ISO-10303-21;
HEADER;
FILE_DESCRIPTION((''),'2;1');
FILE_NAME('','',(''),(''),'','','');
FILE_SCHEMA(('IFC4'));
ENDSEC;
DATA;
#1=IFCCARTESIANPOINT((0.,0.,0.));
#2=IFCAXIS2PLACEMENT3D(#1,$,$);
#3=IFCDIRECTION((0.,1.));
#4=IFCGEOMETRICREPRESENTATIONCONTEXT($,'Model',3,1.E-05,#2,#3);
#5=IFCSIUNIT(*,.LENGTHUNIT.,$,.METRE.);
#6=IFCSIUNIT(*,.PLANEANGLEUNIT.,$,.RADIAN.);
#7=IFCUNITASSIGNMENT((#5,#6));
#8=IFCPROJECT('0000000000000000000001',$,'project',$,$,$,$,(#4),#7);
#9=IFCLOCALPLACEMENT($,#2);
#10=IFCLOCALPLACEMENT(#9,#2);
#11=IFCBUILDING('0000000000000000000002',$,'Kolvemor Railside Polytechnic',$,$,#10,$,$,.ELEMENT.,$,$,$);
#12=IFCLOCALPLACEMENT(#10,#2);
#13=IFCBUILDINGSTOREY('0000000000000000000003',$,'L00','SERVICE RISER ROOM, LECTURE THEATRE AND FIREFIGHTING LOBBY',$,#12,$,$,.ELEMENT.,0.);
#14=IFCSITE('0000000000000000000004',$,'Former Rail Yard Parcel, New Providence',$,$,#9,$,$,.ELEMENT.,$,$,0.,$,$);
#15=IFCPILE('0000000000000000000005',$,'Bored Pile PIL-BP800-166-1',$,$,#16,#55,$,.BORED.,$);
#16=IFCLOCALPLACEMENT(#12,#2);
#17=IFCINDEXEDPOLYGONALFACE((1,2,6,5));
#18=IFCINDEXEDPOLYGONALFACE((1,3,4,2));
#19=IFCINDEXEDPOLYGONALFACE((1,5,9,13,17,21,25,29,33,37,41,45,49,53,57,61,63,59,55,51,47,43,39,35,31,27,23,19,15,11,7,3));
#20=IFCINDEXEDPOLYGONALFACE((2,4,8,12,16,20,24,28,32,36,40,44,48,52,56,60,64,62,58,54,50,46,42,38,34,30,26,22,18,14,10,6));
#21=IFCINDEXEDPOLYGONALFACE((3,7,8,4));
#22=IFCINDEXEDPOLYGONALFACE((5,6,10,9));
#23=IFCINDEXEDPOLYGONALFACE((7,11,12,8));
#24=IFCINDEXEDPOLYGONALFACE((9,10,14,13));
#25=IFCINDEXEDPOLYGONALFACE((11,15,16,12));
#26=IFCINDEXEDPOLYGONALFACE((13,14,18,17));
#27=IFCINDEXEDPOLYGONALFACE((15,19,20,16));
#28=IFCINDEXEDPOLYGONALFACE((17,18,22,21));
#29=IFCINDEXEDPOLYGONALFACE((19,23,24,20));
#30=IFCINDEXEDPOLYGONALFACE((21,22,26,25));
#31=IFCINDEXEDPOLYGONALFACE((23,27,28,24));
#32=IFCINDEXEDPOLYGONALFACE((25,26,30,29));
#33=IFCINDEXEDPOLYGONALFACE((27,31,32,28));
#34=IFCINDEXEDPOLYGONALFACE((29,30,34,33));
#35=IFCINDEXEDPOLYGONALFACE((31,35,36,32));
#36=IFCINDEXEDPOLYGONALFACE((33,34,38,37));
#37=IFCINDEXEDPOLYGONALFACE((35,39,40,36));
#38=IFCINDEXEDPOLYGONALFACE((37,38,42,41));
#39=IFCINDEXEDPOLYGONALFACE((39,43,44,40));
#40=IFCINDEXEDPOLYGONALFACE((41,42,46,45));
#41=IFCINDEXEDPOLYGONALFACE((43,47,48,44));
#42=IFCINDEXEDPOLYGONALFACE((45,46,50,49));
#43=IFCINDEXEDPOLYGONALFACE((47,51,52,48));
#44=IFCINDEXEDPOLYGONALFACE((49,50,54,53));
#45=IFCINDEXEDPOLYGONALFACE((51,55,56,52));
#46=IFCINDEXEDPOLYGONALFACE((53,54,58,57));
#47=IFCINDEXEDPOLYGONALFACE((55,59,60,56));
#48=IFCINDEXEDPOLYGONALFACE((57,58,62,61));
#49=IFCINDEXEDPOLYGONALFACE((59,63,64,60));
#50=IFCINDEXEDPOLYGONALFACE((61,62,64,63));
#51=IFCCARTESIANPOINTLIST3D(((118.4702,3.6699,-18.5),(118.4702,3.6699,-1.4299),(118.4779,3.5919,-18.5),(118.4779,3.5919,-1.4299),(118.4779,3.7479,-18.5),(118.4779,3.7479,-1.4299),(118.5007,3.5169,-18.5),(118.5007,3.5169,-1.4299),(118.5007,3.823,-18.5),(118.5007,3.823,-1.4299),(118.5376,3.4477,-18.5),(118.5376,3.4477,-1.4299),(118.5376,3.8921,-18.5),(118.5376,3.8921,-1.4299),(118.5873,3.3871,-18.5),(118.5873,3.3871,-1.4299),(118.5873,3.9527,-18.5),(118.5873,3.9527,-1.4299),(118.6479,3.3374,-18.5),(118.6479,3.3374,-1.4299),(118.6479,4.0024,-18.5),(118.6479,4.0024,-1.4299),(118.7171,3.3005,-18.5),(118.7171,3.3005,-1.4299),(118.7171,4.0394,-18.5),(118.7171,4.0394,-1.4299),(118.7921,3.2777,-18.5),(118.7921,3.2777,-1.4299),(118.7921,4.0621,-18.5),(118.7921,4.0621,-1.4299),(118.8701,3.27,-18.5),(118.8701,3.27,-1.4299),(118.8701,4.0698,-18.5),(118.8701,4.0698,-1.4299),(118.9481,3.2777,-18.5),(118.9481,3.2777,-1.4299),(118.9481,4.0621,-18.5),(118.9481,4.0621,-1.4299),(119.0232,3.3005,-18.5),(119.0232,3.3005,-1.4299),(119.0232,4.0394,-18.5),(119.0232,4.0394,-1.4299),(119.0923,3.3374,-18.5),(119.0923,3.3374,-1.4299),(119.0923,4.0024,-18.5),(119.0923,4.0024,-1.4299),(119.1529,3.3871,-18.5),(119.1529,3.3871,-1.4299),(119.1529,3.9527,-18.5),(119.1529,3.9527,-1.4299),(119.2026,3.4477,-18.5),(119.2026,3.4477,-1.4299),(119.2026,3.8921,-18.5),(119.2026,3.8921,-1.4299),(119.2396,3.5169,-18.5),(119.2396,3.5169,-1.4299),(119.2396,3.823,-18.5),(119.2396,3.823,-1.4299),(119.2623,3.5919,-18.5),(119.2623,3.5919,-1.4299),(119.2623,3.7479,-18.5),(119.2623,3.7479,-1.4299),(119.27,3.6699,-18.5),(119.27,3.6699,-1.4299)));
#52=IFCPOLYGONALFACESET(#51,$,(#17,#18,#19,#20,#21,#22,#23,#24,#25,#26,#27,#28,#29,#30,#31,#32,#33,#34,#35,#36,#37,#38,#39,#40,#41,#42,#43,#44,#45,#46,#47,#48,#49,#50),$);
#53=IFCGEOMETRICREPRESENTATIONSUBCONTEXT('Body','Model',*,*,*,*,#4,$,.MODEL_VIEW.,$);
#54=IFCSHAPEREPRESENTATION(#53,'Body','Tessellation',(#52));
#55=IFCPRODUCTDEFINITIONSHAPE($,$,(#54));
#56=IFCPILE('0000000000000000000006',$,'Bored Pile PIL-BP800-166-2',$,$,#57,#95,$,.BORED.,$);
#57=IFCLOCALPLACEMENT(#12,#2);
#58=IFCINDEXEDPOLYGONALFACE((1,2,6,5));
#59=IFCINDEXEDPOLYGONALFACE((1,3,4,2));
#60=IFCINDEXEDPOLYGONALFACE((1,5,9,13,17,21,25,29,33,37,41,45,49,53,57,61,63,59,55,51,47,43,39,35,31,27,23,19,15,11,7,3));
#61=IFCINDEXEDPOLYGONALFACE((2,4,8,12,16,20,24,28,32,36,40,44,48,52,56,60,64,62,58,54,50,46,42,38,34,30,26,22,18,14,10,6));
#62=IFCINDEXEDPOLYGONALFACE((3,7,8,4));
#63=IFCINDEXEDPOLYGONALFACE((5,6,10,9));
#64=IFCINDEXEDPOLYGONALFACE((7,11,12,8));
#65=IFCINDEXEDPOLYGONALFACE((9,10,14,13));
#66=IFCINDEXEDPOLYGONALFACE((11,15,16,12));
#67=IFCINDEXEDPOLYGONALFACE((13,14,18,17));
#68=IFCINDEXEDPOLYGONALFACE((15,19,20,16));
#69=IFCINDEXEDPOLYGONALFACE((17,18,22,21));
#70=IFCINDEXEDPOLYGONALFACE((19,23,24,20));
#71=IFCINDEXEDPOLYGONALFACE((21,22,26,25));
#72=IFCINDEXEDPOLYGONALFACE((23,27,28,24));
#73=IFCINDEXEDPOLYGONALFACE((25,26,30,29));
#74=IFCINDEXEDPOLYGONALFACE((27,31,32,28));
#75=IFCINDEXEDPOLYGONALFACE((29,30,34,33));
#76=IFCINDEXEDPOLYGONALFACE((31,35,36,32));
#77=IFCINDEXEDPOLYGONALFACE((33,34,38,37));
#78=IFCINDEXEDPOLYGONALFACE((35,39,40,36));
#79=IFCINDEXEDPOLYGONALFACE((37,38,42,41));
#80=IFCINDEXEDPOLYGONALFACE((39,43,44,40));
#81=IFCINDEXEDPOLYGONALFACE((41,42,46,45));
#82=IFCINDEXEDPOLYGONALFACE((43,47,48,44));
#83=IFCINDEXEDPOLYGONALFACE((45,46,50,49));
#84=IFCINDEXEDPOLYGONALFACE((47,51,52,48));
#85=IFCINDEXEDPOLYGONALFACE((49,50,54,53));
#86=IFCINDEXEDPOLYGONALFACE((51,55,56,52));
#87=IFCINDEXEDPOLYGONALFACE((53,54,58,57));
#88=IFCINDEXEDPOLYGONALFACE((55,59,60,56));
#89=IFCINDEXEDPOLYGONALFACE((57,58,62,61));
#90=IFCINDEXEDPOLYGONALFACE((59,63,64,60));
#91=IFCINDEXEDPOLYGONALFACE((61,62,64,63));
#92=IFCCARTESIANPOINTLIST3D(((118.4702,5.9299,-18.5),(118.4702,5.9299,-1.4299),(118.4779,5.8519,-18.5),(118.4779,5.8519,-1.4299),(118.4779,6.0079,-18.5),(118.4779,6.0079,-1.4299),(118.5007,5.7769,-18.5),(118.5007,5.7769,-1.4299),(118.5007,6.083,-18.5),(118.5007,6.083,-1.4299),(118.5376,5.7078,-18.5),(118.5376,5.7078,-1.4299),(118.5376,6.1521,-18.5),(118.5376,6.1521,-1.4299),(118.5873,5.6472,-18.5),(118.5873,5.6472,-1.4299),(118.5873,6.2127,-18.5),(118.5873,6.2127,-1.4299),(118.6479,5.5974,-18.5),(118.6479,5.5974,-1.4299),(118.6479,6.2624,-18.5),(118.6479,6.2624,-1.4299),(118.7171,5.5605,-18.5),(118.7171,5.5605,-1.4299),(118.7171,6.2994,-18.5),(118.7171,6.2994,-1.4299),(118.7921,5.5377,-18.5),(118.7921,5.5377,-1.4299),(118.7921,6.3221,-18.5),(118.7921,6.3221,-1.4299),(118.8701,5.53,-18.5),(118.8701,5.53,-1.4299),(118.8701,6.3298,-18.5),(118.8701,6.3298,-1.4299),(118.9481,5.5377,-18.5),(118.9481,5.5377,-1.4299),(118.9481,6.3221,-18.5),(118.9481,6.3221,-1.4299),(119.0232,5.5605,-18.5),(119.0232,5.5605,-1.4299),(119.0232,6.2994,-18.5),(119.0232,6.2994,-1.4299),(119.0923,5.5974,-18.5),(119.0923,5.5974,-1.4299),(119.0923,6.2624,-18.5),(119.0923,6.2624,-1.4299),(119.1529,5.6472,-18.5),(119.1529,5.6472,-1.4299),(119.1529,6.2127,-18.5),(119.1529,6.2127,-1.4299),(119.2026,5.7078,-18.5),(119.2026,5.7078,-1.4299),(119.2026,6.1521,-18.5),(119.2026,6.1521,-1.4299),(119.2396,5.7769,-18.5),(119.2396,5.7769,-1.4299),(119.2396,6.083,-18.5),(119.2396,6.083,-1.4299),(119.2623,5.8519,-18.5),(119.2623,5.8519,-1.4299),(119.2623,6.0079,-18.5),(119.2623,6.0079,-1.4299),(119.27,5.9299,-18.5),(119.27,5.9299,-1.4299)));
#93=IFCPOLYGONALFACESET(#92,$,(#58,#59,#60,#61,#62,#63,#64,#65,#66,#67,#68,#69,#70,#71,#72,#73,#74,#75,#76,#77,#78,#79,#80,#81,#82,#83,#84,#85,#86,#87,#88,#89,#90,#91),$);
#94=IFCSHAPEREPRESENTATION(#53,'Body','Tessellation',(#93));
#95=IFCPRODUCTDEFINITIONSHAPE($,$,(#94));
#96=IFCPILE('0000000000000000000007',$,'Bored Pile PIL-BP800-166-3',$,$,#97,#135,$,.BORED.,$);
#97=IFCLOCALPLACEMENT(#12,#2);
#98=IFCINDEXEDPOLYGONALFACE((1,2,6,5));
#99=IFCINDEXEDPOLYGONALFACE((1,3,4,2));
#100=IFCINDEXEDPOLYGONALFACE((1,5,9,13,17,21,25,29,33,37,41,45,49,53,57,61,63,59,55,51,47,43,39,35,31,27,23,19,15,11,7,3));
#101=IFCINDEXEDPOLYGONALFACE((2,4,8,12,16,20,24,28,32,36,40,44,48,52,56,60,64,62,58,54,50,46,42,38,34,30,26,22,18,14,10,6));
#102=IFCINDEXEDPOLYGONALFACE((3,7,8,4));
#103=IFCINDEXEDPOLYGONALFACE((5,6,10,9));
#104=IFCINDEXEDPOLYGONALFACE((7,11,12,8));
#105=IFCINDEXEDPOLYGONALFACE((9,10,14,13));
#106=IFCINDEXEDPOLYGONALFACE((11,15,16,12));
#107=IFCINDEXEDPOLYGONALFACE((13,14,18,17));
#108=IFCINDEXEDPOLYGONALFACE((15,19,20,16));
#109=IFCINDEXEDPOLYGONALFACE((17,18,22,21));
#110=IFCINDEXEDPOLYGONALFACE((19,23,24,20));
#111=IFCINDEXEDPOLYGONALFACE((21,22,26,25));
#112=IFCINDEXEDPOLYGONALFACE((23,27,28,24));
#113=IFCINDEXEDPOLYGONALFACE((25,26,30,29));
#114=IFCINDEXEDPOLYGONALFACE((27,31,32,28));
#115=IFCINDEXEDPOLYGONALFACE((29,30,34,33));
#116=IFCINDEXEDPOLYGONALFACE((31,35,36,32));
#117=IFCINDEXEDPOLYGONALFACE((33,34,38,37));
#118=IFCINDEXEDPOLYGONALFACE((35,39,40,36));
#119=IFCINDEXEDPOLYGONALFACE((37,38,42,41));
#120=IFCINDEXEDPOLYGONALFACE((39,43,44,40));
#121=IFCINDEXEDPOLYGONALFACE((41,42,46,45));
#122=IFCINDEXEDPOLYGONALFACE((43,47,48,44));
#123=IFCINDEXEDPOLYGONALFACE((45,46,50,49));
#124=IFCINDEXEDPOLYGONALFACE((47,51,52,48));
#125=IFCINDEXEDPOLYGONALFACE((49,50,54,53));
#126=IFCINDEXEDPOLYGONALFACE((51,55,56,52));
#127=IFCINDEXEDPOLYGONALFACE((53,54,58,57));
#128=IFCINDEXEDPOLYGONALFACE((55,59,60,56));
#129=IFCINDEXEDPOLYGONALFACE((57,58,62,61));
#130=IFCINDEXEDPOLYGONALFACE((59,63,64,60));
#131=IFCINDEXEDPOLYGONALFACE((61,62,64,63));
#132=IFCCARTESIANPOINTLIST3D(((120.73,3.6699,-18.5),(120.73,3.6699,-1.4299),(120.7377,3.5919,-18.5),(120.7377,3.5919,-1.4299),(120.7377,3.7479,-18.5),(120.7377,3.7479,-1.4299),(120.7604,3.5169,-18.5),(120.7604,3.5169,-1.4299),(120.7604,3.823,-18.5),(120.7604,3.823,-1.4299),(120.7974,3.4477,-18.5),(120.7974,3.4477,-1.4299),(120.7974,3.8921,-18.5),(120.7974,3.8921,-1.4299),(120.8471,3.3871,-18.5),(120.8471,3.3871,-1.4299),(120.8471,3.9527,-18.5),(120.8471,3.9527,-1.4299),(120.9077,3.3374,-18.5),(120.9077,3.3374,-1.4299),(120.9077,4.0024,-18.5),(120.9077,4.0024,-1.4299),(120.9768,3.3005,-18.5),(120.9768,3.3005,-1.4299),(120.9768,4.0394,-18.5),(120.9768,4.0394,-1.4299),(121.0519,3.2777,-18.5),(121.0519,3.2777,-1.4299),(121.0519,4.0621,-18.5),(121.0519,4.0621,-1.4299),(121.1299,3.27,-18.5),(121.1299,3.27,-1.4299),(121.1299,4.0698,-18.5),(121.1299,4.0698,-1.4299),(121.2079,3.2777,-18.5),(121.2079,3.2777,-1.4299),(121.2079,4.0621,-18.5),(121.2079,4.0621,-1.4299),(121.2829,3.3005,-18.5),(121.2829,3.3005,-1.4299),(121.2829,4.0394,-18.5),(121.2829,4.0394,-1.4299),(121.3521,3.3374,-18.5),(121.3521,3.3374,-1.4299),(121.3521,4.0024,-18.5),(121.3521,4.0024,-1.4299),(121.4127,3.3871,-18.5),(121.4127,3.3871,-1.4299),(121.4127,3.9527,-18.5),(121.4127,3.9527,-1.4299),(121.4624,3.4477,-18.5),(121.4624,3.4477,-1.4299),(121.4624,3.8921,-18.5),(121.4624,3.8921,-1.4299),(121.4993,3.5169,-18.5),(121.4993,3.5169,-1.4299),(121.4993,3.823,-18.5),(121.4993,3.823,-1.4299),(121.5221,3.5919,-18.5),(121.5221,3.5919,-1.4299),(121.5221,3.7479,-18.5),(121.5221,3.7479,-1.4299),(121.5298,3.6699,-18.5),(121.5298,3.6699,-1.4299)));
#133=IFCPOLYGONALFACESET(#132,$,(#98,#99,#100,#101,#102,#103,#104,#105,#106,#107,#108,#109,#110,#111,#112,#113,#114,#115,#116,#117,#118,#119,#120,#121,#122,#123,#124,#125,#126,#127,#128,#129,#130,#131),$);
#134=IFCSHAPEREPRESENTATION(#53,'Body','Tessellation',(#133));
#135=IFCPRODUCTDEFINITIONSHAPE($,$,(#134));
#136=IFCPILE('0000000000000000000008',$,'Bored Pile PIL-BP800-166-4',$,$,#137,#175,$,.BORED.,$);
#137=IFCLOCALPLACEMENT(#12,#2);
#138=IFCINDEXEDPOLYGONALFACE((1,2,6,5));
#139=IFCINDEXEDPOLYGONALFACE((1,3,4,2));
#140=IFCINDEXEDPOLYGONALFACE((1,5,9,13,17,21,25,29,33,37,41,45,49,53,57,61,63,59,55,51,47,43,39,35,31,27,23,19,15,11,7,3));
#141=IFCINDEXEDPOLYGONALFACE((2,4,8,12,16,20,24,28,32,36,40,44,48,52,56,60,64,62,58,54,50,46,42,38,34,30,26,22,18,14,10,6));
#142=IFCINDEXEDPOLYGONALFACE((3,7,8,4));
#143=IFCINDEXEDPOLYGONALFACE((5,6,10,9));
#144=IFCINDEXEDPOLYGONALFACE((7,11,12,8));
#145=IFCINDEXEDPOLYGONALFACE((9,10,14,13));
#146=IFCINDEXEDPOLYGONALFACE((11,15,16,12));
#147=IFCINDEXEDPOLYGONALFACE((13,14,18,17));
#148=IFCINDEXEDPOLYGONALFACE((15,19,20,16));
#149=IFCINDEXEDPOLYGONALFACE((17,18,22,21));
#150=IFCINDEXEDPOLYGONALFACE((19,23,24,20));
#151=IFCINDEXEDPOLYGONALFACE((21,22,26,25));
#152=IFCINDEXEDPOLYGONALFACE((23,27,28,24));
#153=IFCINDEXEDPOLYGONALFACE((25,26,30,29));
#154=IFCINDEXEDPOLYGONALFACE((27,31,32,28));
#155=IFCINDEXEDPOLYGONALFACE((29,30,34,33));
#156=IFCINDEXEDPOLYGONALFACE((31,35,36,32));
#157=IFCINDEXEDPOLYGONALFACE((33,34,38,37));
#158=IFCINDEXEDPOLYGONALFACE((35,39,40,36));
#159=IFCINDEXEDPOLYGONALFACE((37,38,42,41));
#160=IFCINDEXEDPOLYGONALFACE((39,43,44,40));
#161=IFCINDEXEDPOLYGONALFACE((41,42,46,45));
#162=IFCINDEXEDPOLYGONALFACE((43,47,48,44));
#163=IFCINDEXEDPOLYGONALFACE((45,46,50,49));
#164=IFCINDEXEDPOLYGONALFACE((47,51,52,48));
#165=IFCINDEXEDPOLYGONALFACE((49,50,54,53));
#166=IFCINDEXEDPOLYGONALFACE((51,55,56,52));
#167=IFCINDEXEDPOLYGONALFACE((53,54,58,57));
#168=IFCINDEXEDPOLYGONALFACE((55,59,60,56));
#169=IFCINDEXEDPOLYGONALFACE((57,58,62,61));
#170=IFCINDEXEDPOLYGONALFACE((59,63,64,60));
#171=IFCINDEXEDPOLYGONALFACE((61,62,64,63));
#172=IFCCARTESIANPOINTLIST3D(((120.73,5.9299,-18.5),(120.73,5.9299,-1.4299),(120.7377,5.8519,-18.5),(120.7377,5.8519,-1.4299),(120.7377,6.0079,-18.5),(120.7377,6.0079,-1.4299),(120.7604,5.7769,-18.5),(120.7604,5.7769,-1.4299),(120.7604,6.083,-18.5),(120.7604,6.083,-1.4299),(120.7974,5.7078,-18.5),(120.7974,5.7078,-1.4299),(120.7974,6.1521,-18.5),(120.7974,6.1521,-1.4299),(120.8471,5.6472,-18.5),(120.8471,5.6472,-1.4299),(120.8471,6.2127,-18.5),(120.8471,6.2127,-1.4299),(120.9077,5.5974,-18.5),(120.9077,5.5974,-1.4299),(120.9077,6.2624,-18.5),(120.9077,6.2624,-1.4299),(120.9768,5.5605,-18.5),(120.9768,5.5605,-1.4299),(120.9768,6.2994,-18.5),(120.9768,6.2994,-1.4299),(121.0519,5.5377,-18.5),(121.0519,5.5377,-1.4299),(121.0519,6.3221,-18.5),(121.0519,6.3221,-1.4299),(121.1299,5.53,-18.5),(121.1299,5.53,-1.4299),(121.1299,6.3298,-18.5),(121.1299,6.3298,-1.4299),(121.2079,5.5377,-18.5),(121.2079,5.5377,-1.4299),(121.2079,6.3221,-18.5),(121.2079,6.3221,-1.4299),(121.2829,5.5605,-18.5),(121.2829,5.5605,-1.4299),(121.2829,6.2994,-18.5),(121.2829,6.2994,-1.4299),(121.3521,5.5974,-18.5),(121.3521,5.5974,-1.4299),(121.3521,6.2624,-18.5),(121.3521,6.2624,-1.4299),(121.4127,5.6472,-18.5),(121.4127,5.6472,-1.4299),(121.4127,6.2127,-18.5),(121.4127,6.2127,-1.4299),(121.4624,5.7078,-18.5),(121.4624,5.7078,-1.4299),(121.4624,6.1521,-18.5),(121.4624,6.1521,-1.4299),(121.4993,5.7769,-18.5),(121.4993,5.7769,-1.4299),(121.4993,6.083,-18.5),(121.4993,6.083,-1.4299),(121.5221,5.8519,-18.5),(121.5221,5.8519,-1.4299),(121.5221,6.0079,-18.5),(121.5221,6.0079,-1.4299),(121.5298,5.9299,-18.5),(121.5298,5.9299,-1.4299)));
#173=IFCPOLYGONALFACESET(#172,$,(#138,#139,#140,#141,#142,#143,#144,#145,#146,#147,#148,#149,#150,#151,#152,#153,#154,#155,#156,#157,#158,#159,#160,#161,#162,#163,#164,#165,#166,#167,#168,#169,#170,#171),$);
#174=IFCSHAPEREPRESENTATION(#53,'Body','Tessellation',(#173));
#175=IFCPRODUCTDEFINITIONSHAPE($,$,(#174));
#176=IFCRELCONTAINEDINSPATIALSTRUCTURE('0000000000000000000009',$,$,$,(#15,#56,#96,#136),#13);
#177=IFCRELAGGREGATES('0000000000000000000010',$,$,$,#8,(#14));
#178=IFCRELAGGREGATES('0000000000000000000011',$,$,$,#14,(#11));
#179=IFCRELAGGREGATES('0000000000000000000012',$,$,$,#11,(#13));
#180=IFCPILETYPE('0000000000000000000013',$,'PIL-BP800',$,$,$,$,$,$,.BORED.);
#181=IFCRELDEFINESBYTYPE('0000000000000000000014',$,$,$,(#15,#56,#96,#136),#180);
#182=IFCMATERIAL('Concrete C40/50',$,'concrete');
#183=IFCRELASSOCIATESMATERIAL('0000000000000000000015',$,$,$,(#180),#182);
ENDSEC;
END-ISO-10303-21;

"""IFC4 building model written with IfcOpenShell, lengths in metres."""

from ifc_helpers import new_model, si_unit, direction, frame, origin, origin_2d, place, context, subcontext, project, spatial, circle, extrude, material, material_profile, profile_set, type_object, element, save


model = new_model("IFC4")

# Units and contexts
model_context = context("Model", 3, precision=1e-05, world=origin(), true_north=direction((0.0, 1.0)))
body_context = subcontext(model_context, "Body", "Model", "MODEL_VIEW")
ifc_project = project(units=[si_unit("LENGTHUNIT", "METRE"), si_unit("PLANEANGLEUNIT", "RADIAN")], contexts=[model_context])

# Site, building, storey
site_placement = place(None, origin())
site = spatial("IfcSite", under=ifc_project, at=site_placement, Name="Former Rail Yard Parcel, New Providence", CompositionType="ELEMENT", RefElevation=0.0)
building_placement = place(site_placement, origin())
building = spatial("IfcBuilding", under=site, at=building_placement, Name="Kolvemor Railside Polytechnic", CompositionType="ELEMENT")
storey_placement = place(building_placement, origin())
storey = spatial("IfcBuildingStorey", under=building, at=storey_placement, Name="L00", Description="SERVICE RISER ROOM, LECTURE THEATRE AND FIREFIGHTING LOBBY", CompositionType="ELEMENT", Elevation=0.0)

# Piles
ifc_material_1 = material(Name="Concrete C40/50", Category="concrete")
ifc_material_profile_1 = material_profile(ifc_material_1, circle(Radius=0.3999, at=origin_2d()), Name="BP800")
ifc_profile_set_1 = profile_set([ifc_material_profile_1], Name="Concrete C40/50")
pile_type_1 = type_object("IfcPileType", Name="PIL-BP800", PredefinedType="BORED", material=ifc_profile_set_1)
for number, where, z_axis, x_axis, name in (
    (1, (118.8701, 3.6699, -1.4299), (0.0, 0.0, -1.0), (1.0, 0.0, 0.0), "Bored Pile PIL-BP800-166-1"),
    (2, (118.8701, 5.9299, -1.4299), (0.0, 0.0, -1.0), (1.0, 0.0, 0.0), "Bored Pile PIL-BP800-166-2"),
    (3, (121.1299, 3.6699, -1.4299), (0.0, 0.0, -1.0), (1.0, 0.0, 0.0), "Bored Pile PIL-BP800-166-3"),
    (4, (121.1299, 5.9299, -1.4299), (0.0, 0.0, -1.0), (1.0, 0.0, 0.0), "Bored Pile PIL-BP800-166-4"),
):
    element("IfcPile", number, at=place(storey_placement, frame(where, z_axis=z_axis, x_axis=x_axis)), inside=storey, type_object=pile_type_1, Name=name, PredefinedType="BORED", context=body_context, shape_type="SweptSolid", body=[
        extrude(circle(Radius=0.3999, at=origin_2d()), origin(), (0.0, 0.0, 1.0), 17.0701),
    ])

save(model, "model.ifc")
